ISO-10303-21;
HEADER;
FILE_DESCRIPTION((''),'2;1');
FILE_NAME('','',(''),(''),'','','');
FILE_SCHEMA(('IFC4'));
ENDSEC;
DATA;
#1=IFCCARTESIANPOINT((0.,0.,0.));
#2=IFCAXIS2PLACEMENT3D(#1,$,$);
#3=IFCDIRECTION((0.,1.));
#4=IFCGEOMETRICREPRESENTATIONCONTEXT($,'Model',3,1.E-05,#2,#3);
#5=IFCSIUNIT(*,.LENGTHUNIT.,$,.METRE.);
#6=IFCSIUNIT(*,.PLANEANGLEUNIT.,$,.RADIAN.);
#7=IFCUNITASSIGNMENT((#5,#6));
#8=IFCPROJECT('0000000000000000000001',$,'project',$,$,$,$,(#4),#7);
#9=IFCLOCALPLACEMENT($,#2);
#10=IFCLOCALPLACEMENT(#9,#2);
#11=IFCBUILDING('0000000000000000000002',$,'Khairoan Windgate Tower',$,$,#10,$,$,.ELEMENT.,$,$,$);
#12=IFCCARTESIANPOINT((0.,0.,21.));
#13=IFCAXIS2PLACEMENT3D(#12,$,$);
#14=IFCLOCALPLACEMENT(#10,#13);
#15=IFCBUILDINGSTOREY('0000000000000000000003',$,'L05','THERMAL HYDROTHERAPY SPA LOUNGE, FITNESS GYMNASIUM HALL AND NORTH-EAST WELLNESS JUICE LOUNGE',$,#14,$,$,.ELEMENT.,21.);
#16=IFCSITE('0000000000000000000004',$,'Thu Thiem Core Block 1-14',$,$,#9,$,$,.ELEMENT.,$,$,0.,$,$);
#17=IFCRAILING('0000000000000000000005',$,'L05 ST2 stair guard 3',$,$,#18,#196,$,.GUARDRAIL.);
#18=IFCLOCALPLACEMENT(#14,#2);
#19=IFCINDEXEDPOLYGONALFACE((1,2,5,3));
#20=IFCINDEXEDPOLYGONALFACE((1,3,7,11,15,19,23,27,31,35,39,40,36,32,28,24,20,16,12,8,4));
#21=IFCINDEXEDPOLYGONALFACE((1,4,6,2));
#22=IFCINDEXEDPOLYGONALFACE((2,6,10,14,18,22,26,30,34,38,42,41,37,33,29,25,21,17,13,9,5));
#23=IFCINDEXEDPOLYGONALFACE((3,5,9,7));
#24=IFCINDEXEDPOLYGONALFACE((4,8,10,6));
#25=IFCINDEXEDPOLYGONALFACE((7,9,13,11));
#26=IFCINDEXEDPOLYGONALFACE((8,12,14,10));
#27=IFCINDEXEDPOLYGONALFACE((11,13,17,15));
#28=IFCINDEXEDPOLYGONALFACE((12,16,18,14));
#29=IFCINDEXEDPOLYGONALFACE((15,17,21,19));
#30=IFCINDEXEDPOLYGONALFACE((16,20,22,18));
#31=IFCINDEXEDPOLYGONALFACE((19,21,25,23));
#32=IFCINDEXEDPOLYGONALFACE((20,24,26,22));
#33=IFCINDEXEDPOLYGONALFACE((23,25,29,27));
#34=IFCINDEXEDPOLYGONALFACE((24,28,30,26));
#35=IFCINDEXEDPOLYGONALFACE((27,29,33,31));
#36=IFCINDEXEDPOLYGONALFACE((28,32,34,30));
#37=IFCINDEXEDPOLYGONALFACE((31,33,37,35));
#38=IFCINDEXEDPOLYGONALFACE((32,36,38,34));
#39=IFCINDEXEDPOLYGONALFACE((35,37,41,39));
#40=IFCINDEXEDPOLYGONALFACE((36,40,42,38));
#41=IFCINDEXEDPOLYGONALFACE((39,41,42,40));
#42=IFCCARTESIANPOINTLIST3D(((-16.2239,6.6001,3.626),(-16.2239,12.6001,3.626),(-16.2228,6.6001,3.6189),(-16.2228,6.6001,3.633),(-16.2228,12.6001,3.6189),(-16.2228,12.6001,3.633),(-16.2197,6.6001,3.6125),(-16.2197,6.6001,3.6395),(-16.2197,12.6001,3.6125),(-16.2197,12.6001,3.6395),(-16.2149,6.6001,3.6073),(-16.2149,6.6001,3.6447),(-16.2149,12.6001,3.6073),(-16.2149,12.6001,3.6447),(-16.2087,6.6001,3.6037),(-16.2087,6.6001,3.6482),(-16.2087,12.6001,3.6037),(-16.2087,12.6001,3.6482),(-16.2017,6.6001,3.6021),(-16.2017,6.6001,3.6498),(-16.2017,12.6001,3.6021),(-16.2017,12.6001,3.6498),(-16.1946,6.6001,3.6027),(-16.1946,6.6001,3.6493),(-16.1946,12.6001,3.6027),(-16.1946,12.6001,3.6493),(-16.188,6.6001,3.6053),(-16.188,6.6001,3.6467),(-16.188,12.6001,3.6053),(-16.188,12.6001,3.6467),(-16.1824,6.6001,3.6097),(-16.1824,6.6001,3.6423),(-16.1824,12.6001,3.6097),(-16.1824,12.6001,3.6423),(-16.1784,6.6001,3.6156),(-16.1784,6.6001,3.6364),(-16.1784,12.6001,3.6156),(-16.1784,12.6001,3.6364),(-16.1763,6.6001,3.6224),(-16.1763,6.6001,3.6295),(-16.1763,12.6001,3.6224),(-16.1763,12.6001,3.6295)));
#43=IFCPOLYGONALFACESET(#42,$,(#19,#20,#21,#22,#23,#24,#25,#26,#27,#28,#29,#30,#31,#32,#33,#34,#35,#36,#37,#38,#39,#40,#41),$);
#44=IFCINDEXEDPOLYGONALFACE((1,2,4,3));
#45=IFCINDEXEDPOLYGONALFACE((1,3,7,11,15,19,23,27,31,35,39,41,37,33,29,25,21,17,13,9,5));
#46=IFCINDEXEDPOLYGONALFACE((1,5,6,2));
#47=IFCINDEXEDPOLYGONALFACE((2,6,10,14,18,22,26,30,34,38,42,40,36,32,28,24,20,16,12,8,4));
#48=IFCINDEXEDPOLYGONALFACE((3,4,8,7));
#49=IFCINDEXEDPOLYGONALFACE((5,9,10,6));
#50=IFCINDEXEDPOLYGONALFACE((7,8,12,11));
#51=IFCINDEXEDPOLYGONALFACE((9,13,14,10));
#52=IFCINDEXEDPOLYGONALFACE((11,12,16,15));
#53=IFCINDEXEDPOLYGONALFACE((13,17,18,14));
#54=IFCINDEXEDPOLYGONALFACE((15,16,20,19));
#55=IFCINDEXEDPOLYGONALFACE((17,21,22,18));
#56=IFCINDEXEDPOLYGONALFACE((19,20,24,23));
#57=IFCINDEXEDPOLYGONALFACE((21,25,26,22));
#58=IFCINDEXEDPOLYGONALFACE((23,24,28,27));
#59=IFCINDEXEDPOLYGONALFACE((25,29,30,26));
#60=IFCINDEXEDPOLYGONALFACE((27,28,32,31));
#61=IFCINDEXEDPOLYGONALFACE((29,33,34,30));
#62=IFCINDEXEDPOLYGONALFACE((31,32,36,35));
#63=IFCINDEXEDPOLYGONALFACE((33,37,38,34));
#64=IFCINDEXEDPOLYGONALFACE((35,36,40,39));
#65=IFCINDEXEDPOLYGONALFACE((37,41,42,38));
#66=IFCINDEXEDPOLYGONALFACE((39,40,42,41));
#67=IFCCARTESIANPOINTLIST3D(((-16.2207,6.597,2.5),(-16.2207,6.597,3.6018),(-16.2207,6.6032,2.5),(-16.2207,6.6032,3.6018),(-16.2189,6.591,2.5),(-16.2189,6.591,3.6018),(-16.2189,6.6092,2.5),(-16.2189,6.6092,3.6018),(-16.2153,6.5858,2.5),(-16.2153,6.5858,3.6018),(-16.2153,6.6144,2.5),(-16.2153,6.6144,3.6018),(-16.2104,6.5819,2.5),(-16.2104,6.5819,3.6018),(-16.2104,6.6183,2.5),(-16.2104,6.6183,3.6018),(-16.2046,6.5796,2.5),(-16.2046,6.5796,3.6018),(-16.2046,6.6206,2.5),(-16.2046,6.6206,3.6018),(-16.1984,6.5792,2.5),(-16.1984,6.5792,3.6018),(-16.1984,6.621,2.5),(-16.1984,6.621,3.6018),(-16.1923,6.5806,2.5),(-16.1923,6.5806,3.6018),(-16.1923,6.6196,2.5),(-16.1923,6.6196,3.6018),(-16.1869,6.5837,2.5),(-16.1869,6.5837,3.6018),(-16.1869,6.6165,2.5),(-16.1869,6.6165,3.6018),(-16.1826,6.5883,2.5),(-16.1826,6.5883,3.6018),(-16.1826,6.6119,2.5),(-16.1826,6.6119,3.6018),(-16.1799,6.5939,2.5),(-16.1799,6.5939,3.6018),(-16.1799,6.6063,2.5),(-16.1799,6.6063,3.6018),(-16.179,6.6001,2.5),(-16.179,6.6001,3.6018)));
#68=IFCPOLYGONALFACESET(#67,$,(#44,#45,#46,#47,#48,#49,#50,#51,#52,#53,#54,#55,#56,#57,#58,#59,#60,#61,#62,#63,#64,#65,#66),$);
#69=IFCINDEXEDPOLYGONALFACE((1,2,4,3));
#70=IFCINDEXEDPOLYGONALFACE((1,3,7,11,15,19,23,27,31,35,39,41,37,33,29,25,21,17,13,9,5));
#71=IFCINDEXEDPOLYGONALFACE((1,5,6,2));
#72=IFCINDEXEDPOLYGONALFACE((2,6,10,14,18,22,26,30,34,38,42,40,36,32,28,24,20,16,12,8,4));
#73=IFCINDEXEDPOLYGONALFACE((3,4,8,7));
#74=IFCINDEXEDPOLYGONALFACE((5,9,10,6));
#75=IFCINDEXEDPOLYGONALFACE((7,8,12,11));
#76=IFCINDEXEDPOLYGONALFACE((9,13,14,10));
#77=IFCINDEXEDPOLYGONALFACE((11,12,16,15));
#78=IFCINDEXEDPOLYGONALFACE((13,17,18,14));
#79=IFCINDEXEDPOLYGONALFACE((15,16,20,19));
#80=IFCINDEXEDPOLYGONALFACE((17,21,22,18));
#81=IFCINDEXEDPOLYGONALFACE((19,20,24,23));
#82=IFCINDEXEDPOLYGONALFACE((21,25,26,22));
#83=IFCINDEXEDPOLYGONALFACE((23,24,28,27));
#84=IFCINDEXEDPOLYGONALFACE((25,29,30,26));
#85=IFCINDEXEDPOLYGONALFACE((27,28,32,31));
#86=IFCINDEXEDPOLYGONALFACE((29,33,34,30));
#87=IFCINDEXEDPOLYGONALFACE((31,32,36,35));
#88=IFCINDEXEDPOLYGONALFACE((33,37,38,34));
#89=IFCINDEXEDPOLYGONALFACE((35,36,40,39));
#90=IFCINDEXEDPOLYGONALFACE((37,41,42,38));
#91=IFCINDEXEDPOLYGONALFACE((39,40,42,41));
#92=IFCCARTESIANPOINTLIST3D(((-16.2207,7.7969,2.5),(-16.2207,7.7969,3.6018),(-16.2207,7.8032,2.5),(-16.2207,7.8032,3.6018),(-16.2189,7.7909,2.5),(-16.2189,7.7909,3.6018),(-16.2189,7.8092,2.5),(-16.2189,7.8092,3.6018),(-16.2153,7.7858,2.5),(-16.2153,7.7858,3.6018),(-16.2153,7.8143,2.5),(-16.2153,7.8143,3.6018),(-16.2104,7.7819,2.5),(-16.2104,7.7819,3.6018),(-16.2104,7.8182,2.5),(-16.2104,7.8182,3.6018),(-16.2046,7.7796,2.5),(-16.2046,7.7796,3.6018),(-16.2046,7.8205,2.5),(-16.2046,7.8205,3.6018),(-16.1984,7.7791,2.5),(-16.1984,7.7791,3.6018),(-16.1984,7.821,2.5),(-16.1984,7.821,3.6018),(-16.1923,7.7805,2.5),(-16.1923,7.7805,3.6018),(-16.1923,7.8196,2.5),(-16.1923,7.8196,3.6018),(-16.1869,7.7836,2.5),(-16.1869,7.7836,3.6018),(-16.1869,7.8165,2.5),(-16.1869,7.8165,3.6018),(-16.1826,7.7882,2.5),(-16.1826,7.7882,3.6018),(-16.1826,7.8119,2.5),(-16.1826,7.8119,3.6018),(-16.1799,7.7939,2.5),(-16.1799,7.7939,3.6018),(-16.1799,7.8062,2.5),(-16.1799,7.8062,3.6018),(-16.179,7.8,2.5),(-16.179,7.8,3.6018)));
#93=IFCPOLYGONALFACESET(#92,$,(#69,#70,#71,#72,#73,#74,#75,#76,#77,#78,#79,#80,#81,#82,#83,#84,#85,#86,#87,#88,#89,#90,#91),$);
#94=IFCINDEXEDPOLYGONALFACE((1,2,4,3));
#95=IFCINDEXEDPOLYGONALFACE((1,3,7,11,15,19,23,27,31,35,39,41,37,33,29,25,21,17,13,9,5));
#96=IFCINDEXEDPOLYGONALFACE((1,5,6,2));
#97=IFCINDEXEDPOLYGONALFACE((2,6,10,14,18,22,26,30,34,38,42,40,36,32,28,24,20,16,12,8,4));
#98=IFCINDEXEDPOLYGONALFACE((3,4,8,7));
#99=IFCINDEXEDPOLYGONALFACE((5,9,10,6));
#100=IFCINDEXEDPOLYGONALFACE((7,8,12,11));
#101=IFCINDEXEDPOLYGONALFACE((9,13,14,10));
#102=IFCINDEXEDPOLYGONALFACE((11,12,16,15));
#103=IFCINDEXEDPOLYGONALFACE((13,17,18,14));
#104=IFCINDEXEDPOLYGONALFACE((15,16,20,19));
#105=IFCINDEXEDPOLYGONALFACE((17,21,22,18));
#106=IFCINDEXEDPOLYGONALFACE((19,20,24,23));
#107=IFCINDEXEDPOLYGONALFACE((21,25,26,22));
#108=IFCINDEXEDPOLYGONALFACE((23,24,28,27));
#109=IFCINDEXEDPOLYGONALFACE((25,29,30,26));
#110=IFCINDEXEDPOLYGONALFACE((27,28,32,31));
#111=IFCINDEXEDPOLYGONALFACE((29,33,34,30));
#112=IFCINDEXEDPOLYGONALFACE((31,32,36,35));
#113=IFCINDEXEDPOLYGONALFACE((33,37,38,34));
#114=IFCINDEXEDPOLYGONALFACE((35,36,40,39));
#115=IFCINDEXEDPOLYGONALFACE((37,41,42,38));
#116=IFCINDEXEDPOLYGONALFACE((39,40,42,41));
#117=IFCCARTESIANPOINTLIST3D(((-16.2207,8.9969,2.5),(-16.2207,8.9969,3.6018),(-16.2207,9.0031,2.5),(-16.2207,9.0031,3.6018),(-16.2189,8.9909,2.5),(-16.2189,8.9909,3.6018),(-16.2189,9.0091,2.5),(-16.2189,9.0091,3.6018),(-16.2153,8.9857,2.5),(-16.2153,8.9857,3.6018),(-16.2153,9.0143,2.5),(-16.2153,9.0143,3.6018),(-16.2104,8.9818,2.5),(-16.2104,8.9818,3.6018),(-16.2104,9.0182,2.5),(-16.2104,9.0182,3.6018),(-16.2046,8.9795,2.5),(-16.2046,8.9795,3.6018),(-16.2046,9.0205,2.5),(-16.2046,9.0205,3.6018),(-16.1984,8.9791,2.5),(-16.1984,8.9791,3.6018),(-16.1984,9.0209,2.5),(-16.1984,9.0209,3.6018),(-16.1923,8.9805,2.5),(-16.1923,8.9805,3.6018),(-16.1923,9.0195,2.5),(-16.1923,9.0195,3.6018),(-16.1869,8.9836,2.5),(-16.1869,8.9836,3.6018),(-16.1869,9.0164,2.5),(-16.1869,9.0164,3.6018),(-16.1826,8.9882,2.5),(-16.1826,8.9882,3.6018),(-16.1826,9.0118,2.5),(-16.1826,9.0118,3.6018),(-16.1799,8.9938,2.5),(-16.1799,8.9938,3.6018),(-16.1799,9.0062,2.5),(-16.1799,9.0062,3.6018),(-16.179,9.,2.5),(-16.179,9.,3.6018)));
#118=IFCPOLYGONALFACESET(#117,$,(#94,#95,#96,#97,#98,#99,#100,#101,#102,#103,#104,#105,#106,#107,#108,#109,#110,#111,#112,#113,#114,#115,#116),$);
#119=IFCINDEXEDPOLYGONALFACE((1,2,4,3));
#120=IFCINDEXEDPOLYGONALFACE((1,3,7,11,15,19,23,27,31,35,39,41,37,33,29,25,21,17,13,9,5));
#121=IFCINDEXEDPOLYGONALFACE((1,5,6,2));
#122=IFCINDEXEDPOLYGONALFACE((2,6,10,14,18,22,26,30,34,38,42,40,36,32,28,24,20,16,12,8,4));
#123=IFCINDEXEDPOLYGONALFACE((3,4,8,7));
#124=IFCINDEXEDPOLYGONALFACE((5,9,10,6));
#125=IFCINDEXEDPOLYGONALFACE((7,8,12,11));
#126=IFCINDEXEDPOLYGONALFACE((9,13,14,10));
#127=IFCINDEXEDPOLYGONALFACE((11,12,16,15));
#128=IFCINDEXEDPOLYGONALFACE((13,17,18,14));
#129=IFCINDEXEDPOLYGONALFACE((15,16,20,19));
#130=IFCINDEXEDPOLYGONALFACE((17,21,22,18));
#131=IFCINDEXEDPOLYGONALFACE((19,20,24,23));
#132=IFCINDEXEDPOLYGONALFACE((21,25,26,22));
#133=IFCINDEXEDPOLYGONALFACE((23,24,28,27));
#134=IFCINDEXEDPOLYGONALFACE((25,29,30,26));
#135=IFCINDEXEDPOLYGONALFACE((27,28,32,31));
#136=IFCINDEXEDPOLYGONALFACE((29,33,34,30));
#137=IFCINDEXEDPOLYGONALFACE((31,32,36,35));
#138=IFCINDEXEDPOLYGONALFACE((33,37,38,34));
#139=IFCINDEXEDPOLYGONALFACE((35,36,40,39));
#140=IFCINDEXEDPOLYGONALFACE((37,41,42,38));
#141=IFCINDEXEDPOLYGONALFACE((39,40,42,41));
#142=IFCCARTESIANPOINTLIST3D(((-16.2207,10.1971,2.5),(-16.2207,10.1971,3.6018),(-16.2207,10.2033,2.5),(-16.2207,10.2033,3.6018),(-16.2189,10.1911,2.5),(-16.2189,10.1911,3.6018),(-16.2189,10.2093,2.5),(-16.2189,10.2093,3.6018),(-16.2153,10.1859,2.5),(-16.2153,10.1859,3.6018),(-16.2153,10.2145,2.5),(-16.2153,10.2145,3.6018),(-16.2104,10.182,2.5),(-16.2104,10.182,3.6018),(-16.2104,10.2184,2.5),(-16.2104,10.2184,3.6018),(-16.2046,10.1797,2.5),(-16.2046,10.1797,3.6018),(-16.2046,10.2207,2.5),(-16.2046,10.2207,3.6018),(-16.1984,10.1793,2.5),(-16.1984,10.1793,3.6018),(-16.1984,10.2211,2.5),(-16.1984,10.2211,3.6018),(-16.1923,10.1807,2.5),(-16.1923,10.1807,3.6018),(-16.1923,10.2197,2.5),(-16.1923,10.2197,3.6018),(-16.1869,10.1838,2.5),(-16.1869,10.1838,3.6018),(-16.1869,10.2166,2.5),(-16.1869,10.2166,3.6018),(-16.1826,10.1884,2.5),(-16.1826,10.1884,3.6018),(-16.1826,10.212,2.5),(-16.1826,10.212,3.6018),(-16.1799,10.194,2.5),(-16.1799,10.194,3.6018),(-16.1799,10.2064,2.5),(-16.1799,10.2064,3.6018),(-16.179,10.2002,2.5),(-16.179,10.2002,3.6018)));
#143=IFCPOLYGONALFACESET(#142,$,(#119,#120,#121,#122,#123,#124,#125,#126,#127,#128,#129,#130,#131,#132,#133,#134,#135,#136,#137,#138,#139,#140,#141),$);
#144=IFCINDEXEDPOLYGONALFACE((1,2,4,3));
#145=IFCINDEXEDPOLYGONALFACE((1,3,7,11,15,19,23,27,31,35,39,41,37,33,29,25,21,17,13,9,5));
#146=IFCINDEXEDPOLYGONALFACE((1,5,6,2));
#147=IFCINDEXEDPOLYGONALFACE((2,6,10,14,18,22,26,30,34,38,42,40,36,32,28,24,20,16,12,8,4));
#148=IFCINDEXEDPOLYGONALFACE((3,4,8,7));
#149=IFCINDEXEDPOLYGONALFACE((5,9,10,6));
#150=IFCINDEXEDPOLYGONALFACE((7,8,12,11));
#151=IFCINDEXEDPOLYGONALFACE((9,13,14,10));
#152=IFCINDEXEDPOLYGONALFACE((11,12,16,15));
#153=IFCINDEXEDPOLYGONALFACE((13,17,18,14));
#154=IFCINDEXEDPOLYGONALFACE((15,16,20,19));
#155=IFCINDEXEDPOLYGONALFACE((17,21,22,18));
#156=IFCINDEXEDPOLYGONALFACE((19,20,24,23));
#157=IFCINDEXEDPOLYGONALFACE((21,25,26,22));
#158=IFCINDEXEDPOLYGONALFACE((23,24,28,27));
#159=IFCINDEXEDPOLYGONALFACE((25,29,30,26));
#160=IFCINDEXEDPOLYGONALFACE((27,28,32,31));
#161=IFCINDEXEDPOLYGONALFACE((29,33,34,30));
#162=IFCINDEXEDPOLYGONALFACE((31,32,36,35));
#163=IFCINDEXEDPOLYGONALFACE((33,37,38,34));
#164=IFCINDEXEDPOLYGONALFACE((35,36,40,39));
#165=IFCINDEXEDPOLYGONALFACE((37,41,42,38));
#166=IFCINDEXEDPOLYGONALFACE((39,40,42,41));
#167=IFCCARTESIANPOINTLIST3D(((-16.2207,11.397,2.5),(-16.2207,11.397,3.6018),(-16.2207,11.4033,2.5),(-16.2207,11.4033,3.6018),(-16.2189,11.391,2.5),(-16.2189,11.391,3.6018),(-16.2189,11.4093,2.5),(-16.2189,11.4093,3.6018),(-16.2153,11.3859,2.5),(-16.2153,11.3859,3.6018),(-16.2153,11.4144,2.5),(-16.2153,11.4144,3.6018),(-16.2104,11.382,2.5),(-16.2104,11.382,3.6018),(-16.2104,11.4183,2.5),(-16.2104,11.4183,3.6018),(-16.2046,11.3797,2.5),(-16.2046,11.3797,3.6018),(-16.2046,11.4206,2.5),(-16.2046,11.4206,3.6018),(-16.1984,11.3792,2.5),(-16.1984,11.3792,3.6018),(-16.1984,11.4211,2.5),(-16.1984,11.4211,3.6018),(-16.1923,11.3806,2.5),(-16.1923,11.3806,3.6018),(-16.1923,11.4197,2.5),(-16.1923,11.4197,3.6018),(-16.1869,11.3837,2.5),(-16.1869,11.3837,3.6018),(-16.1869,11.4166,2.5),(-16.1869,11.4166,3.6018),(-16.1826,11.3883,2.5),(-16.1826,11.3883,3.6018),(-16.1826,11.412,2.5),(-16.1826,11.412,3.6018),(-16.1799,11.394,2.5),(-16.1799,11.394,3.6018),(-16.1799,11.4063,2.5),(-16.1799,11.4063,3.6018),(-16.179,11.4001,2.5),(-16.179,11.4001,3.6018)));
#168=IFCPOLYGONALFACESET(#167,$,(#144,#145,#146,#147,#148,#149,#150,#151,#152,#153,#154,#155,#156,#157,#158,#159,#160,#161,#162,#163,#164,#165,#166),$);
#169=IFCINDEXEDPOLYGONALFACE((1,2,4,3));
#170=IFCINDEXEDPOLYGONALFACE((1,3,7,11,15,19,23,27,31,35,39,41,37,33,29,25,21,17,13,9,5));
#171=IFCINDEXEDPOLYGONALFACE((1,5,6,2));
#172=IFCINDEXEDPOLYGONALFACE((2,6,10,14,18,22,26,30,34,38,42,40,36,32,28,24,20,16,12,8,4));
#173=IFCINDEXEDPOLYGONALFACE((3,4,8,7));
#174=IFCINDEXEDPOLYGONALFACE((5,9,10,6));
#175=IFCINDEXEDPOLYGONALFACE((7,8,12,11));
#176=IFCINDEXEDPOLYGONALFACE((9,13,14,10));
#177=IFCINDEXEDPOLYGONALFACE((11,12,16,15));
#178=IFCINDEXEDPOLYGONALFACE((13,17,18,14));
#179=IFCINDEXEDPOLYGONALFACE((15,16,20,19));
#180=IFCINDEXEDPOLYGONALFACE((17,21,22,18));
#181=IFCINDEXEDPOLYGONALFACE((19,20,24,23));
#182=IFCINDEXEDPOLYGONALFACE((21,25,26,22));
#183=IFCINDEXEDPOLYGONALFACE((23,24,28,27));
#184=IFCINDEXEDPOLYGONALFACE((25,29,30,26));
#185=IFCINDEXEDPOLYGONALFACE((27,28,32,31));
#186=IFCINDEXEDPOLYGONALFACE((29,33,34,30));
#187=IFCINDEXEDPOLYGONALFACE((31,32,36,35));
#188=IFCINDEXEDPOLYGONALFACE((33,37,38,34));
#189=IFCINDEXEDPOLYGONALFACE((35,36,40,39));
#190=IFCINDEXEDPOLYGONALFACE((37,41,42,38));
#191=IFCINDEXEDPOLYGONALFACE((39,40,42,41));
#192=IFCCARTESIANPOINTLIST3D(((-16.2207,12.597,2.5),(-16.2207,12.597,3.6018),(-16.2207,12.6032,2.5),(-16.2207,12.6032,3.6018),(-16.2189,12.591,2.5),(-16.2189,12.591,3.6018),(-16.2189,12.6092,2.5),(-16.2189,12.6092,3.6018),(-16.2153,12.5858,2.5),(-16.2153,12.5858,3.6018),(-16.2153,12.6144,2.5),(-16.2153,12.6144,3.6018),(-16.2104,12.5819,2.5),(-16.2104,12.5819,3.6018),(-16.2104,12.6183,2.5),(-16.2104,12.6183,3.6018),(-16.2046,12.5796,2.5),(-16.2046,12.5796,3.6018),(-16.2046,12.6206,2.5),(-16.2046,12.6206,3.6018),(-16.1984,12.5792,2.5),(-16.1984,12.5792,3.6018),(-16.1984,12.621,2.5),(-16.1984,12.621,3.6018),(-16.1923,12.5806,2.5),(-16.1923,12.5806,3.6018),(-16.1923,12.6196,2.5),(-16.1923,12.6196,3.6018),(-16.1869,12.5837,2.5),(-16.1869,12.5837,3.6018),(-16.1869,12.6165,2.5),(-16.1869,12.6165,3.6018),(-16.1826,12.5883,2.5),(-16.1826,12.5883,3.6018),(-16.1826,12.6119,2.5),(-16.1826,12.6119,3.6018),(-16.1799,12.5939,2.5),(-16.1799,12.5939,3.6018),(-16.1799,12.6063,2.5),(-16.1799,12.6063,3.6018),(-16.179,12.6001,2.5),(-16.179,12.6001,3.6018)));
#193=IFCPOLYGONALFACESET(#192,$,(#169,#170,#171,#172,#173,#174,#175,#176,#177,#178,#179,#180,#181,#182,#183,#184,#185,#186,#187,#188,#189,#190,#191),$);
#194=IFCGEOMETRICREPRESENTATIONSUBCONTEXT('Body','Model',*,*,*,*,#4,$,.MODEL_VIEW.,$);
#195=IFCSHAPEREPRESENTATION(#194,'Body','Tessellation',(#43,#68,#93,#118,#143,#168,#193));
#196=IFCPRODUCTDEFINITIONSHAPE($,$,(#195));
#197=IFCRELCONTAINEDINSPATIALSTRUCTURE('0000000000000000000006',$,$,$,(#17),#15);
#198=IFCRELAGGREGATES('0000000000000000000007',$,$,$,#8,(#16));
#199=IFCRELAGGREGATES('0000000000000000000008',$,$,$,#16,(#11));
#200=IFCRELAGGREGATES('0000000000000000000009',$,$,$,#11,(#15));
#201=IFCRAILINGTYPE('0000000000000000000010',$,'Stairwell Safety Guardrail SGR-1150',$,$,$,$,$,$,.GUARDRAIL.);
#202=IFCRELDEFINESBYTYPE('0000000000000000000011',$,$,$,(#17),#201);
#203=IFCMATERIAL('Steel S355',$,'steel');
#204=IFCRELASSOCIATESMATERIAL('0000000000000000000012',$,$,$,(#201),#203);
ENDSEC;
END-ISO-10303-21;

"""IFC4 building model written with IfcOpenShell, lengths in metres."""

from ifc_helpers import new_model, si_unit, direction, frame, origin, origin_2d, place, context, subcontext, project, spatial, circle, extrude, material, type_object, element, save


model = new_model("IFC4")

# Units and contexts
model_context = context("Model", 3, precision=1e-05, world=origin(), true_north=direction((0.0, 1.0)))
body_context = subcontext(model_context, "Body", "Model", "MODEL_VIEW")
ifc_project = project(units=[si_unit("LENGTHUNIT", "METRE"), si_unit("PLANEANGLEUNIT", "RADIAN")], contexts=[model_context])

# Site, building, storey
site_placement = place(None, origin())
site = spatial("IfcSite", under=ifc_project, at=site_placement, Name="Thu Thiem Core Block 1-14", CompositionType="ELEMENT", RefElevation=0.0)
building_placement = place(site_placement, origin())
building = spatial("IfcBuilding", under=site, at=building_placement, Name="Khairoan Windgate Tower", CompositionType="ELEMENT")
storey_placement = place(building_placement, frame((0.0, 0.0, 21.0)))
storey = spatial("IfcBuildingStorey", under=building, at=storey_placement, Name="L05", Description="THERMAL HYDROTHERAPY SPA LOUNGE, FITNESS GYMNASIUM HALL AND NORTH-EAST WELLNESS JUICE LOUNGE", CompositionType="ELEMENT", Elevation=21.0)

# Railing
ifc_material_1 = material(Name="Steel S355", Category="steel")
railing_type_1 = type_object("IfcRailingType", Name="Stairwell Safety Guardrail SGR-1150", PredefinedType="GUARDRAIL", material=ifc_material_1)
railing_1_placement = place(storey_placement, frame((-16.2, 6.6001, 2.5)))
element("IfcRailing", 1, at=railing_1_placement, inside=storey, type_object=railing_type_1, Name="L05 ST2 stair guard 3", PredefinedType="GUARDRAIL", context=body_context, shape_type="SweptSolid", body=[
    extrude(circle(Radius=0.0239, at=origin_2d()), frame((0.0, 0.0, 1.126), z_axis=(0.0, 1.0, 0.0), x_axis=(-1.0, 0.0, 0.0)), (0.0, 0.0, 1.0), 6.0),
    extrude(circle(Radius=0.021, at=origin_2d()), origin(), (0.0, 0.0, 1.0), 1.1018),
    extrude(circle(Radius=0.021, at=origin_2d()), frame((0.0, 1.2, 0.0)), (0.0, 0.0, 1.0), 1.1018),
    extrude(circle(Radius=0.021, at=origin_2d()), frame((0.0, 2.3999, 0.0)), (0.0, 0.0, 1.0), 1.1018),
    extrude(circle(Radius=0.021, at=origin_2d()), frame((0.0, 3.6001, 0.0)), (0.0, 0.0, 1.0), 1.1018),
    extrude(circle(Radius=0.021, at=origin_2d()), frame((0.0, 4.8, 0.0)), (0.0, 0.0, 1.0), 1.1018),
    extrude(circle(Radius=0.021, at=origin_2d()), frame((0.0, 6.0, 0.0)), (0.0, 0.0, 1.0), 1.1018),
])

save(model, "model.ifc")
